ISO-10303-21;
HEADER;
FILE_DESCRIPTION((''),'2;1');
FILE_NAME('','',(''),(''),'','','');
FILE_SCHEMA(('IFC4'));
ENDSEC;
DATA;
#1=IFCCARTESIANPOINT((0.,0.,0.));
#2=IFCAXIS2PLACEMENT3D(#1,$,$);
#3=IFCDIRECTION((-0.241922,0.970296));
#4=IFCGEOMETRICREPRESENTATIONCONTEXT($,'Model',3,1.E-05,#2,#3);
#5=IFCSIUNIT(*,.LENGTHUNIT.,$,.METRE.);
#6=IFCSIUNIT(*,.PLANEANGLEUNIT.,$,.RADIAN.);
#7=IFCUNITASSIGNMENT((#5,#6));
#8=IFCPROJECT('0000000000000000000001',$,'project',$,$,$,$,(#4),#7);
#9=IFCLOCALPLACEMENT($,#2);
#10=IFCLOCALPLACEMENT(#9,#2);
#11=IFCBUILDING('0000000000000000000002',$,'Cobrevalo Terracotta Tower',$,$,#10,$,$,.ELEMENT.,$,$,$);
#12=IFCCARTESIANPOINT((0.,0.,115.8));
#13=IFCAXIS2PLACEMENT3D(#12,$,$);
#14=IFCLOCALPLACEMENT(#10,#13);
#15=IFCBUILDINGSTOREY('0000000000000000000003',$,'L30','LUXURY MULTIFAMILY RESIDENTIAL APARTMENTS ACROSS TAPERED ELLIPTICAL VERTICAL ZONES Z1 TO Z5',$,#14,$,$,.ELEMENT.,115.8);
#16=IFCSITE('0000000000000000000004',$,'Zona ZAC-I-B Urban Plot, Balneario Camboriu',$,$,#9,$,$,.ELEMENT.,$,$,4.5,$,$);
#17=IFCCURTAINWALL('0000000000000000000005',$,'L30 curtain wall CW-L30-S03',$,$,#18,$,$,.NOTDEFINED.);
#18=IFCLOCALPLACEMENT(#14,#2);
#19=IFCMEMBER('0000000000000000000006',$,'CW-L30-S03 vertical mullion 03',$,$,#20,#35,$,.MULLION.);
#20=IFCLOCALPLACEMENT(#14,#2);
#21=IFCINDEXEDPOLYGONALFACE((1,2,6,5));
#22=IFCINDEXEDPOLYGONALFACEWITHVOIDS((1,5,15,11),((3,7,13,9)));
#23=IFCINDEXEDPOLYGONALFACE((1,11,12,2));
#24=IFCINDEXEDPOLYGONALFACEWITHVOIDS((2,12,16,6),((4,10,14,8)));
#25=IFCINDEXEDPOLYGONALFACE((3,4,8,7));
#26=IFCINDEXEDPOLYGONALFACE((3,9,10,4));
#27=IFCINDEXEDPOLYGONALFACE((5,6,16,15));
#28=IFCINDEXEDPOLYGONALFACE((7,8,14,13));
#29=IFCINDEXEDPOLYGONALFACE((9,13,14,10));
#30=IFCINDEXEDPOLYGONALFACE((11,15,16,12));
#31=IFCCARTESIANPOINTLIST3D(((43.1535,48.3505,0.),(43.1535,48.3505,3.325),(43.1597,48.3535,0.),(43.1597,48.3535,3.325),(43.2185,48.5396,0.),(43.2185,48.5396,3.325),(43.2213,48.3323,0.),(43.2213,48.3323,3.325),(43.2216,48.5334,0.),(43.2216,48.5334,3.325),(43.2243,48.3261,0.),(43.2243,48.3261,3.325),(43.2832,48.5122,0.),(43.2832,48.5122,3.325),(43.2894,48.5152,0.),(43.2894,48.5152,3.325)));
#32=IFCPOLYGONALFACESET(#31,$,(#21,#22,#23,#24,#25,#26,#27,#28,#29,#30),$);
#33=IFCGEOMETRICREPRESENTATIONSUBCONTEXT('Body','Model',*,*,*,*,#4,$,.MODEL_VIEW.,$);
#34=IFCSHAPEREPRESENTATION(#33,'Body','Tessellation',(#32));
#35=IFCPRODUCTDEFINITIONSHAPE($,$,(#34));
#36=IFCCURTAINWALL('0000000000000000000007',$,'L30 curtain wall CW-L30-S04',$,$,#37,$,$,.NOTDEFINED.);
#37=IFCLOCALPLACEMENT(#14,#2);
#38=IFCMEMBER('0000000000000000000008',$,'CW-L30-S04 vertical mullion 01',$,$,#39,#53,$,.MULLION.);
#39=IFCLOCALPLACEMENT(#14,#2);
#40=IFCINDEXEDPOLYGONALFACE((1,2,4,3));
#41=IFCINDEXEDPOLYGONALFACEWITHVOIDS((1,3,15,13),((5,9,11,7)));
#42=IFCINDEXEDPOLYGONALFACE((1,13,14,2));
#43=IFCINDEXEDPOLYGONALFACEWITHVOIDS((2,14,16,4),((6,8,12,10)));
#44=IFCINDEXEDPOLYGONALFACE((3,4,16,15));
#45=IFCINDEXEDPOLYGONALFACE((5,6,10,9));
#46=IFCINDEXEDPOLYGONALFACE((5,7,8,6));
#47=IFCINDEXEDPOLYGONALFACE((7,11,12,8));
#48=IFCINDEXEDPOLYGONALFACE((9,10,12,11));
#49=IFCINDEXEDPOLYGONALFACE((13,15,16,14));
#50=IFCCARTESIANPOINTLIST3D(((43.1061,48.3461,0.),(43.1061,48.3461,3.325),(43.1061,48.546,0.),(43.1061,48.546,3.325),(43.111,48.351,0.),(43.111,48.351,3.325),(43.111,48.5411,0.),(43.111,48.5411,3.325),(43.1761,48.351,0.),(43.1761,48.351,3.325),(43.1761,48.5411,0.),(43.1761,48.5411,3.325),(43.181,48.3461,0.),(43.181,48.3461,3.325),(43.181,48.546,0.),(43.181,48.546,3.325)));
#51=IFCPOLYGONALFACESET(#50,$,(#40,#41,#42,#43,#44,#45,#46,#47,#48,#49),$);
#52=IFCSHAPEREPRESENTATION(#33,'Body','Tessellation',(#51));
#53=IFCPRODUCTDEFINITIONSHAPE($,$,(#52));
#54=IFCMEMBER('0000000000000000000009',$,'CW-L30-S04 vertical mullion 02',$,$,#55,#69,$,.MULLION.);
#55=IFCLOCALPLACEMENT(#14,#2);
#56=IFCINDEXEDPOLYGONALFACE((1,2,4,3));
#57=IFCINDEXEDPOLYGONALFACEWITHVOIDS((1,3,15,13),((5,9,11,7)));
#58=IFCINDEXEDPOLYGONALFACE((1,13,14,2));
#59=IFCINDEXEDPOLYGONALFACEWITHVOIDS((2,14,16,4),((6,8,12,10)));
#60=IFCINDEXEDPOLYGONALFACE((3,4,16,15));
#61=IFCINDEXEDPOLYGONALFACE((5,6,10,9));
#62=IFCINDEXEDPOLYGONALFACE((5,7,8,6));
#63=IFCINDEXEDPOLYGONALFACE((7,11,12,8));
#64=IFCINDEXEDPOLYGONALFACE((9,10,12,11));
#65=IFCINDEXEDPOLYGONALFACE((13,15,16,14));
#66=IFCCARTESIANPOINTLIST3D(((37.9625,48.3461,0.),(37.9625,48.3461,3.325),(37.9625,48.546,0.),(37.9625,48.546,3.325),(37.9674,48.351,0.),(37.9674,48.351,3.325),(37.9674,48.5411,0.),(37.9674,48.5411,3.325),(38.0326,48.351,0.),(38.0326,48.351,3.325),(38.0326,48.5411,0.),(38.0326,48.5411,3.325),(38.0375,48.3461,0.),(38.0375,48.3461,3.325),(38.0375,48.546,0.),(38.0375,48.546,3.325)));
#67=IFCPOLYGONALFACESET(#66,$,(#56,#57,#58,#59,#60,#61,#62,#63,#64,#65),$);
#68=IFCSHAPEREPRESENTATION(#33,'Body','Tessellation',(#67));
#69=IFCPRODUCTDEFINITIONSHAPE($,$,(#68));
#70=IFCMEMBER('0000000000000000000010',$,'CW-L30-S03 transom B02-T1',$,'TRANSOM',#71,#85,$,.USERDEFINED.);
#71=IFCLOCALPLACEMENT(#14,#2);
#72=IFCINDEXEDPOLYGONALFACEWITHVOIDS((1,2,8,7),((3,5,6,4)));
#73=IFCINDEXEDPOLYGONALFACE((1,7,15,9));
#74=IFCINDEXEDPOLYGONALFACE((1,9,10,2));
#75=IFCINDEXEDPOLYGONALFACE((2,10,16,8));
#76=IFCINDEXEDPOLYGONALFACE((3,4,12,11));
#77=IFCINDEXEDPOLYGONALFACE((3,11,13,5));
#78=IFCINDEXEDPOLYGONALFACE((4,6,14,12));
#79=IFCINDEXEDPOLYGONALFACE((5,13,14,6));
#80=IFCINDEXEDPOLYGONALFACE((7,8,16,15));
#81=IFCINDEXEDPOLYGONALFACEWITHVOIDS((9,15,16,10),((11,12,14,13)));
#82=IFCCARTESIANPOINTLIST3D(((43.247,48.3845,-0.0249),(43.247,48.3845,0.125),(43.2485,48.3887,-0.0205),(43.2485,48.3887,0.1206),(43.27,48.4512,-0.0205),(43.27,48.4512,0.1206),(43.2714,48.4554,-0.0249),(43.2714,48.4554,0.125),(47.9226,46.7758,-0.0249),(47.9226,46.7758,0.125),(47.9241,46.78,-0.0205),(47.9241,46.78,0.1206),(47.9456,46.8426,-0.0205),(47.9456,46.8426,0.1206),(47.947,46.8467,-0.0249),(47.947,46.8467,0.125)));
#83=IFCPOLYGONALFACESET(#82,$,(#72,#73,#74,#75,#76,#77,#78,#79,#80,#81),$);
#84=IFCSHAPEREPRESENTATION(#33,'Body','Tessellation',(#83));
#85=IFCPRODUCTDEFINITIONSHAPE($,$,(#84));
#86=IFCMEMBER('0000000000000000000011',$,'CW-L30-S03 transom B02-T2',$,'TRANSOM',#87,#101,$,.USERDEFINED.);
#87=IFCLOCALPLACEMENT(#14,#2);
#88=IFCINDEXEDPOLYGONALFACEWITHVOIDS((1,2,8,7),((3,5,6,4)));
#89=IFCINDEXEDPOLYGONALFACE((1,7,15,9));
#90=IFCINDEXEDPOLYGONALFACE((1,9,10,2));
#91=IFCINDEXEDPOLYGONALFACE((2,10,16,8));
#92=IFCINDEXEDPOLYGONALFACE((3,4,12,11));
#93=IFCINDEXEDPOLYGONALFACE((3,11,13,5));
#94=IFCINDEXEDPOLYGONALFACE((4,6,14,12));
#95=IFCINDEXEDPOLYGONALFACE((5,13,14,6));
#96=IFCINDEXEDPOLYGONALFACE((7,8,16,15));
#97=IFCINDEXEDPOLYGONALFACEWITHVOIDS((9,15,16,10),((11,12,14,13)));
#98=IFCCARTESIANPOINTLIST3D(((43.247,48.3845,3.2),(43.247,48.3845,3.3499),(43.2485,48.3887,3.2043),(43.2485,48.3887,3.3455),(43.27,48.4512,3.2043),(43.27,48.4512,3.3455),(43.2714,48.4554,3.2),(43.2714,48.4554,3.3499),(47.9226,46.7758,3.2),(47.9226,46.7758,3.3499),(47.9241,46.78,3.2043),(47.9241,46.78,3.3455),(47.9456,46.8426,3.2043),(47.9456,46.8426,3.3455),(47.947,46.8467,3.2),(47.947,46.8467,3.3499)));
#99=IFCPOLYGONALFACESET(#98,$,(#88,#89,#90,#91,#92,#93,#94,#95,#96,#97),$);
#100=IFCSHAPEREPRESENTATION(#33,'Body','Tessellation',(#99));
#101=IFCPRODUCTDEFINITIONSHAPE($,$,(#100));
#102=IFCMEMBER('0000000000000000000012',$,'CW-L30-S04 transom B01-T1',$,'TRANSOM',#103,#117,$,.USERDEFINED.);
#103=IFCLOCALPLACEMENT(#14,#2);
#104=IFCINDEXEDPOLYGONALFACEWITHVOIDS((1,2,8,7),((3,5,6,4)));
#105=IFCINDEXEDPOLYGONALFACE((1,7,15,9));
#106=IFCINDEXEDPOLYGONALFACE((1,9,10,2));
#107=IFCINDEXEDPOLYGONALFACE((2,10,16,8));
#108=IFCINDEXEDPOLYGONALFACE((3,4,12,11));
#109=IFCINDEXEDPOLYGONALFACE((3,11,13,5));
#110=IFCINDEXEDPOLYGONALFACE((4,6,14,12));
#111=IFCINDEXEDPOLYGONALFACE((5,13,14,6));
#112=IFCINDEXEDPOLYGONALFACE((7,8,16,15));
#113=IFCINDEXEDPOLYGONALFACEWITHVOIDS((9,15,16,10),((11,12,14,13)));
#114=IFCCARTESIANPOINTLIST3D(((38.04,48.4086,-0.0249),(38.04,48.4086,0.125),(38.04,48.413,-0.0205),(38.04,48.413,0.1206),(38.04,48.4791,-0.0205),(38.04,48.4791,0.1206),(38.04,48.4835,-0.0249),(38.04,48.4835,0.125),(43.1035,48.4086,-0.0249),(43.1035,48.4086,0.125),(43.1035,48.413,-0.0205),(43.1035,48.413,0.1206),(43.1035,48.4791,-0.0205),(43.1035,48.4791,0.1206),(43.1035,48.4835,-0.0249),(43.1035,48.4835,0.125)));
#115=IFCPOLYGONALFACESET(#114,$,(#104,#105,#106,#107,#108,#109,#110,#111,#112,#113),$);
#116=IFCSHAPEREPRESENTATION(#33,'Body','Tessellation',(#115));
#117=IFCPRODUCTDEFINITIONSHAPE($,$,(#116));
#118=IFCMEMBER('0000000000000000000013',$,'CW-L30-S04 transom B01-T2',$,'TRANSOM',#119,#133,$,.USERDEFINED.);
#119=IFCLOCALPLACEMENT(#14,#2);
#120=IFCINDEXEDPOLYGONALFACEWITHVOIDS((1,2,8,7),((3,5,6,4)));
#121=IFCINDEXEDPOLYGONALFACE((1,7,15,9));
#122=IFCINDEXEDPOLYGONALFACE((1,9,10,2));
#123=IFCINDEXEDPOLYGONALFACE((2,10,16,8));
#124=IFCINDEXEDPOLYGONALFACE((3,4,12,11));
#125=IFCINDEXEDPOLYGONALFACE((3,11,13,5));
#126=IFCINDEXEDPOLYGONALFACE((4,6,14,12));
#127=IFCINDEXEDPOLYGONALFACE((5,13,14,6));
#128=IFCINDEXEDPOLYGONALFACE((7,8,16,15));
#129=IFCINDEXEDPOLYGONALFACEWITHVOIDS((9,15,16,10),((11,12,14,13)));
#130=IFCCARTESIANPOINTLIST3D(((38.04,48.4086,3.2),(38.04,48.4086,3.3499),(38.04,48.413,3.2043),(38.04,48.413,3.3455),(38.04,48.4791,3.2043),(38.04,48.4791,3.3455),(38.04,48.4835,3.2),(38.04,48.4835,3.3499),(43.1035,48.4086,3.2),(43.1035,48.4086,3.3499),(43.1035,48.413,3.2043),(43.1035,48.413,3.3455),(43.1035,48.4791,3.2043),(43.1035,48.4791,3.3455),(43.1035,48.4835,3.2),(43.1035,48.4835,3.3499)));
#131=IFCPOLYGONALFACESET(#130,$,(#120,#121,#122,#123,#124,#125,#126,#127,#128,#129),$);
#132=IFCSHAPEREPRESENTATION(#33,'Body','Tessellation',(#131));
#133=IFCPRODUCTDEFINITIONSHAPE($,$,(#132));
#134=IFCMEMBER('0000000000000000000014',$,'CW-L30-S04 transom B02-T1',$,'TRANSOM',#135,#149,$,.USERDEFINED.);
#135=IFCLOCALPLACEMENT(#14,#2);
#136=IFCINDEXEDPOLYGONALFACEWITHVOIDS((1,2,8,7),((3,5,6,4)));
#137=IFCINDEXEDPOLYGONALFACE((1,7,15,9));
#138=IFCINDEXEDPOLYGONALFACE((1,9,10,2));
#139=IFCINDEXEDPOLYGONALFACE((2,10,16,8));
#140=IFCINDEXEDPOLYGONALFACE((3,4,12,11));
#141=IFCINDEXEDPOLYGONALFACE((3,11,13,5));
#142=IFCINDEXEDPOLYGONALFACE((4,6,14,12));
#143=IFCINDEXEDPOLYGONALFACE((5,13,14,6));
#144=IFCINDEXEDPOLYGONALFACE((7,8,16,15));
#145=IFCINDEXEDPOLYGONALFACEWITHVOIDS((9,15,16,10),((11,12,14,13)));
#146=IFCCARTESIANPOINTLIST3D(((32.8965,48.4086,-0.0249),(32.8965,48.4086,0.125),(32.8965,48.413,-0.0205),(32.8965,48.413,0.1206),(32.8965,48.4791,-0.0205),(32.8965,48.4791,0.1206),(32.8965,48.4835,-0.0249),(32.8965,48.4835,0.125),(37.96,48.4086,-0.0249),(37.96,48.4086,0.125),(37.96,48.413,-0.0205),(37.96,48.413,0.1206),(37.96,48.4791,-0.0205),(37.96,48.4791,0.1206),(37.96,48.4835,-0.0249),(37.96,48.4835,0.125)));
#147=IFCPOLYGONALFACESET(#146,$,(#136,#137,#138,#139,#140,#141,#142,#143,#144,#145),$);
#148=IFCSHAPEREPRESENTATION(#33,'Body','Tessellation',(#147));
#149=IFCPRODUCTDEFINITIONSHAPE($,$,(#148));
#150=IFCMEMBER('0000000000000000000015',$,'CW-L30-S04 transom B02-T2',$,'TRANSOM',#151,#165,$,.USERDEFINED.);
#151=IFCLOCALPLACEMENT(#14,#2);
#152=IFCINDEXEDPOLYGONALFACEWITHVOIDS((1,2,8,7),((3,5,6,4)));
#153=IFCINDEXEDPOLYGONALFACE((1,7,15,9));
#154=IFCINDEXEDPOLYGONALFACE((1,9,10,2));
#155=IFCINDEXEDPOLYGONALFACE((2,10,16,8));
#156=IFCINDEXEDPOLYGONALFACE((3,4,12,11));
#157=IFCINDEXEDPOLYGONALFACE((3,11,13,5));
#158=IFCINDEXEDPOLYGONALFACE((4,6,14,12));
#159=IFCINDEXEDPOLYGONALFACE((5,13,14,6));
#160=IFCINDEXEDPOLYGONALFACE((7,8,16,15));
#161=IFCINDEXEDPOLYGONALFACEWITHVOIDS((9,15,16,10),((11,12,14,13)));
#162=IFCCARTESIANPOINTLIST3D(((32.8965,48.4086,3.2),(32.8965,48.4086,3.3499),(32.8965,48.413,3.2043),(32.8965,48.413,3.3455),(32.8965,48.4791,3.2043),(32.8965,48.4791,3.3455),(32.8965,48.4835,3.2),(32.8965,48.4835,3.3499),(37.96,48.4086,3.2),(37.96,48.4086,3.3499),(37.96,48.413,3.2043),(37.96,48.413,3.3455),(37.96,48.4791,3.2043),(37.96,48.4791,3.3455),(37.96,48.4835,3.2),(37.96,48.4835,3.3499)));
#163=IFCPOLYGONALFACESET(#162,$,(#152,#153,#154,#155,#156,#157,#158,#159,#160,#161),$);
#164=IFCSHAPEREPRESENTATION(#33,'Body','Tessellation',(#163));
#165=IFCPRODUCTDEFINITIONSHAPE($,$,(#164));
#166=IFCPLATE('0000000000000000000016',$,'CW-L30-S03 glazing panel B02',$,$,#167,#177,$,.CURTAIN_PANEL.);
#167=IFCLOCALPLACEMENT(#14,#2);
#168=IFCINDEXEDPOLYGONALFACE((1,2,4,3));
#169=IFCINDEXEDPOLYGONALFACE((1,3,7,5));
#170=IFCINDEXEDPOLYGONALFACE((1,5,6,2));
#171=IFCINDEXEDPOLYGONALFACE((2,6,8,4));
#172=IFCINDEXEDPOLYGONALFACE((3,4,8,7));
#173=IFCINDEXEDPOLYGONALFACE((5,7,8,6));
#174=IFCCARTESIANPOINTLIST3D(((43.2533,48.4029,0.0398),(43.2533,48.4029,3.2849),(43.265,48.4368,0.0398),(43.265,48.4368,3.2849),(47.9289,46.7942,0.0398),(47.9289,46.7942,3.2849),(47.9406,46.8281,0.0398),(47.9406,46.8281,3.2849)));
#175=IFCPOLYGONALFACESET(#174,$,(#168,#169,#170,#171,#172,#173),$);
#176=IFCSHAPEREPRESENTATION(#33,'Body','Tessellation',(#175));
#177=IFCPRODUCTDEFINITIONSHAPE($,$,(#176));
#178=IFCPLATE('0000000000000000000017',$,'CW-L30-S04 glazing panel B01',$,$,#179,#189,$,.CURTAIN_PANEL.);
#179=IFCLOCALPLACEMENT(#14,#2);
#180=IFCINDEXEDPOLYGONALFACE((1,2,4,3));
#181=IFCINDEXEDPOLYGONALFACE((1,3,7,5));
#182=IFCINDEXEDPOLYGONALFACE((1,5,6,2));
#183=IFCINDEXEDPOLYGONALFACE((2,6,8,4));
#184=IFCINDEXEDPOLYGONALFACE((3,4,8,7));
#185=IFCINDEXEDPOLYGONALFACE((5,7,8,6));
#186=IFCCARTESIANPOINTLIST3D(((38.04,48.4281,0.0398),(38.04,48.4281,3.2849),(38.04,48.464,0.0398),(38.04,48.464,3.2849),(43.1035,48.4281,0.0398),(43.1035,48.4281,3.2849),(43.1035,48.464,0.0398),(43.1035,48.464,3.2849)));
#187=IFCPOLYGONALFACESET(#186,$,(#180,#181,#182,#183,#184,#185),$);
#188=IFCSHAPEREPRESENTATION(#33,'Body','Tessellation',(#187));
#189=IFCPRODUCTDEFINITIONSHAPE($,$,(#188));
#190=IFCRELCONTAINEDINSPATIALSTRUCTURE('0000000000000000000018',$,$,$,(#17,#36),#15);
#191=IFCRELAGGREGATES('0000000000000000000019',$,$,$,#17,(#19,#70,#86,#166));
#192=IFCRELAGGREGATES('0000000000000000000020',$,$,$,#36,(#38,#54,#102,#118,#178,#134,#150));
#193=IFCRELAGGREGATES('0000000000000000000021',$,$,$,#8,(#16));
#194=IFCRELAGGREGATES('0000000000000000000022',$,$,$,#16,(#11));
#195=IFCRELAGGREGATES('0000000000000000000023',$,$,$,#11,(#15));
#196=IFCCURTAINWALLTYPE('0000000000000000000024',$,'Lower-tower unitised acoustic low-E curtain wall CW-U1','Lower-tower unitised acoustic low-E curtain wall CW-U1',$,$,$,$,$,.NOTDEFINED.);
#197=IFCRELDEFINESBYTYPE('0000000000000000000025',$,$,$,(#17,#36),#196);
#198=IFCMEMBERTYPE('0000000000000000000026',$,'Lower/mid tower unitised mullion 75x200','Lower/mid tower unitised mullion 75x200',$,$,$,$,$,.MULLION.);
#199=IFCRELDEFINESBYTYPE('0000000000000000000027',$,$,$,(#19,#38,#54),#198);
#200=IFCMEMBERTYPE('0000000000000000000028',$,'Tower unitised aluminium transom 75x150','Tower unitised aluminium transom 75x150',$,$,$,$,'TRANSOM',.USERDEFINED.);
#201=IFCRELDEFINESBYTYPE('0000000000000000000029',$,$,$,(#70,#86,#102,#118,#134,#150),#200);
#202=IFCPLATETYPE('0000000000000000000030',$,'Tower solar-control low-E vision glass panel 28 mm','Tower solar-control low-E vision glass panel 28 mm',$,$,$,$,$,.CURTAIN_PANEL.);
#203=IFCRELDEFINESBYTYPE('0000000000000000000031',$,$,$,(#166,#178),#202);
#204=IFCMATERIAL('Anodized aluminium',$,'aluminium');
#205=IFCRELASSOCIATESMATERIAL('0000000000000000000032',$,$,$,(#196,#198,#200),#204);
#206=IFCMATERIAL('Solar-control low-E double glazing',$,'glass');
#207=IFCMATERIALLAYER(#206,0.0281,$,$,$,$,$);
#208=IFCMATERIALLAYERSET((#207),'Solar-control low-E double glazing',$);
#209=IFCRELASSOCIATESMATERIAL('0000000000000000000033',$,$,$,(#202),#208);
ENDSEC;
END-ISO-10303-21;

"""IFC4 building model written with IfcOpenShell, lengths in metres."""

from ifc_helpers import new_model, si_unit, direction, frame, origin, origin_2d, place, context, subcontext, project, spatial, rectangle, hollow_rectangle, extrude, source, transform, mapped, material, layer, layer_set, material_profile, profile_set, type_object, element, aggregate, save


model = new_model("IFC4")

# Units and contexts
model_context = context("Model", 3, precision=1e-05, world=origin(), true_north=direction((-0.241922, 0.970296)))
body_context = subcontext(model_context, "Body", "Model", "MODEL_VIEW")
ifc_project = project(units=[si_unit("LENGTHUNIT", "METRE"), si_unit("PLANEANGLEUNIT", "RADIAN")], contexts=[model_context])

# Site, building, storey
site_placement = place(None, origin())
site = spatial("IfcSite", under=ifc_project, at=site_placement, Name="Zona ZAC-I-B Urban Plot, Balneario Camboriu", CompositionType="ELEMENT", RefElevation=4.5)
building_placement = place(site_placement, origin())
building = spatial("IfcBuilding", under=site, at=building_placement, Name="Cobrevalo Terracotta Tower", CompositionType="ELEMENT")
storey_placement = place(building_placement, frame((0.0, 0.0, 115.8)))
storey = spatial("IfcBuildingStorey", under=building, at=storey_placement, Name="L30", Description="LUXURY MULTIFAMILY RESIDENTIAL APARTMENTS ACROSS TAPERED ELLIPTICAL VERTICAL ZONES Z1 TO Z5", CompositionType="ELEMENT", Elevation=115.8)

# Curtain wall, member
ifc_material_1 = material(Name="Anodized aluminium", Category="aluminium")
curtain_wall_type = type_object("IfcCurtainWallType", Name="Lower-tower unitised acoustic low-E curtain wall CW-U1", Description="Lower-tower unitised acoustic low-E curtain wall CW-U1", PredefinedType="NOTDEFINED", material=ifc_material_1)
curtain_wall_1_placement = place(storey_placement, origin())
curtain_wall_1 = element("IfcCurtainWall", 1, at=curtain_wall_1_placement, inside=storey, type_object=curtain_wall_type, Name="L30 curtain wall CW-L30-S03", PredefinedType="NOTDEFINED")
ifc_material_profile_1 = material_profile(ifc_material_1, hollow_rectangle(XDim=0.075, YDim=0.2, WallThickness=0.0049, at=origin_2d()), Name="CWM 75x200")
ifc_profile_set_1 = profile_set([ifc_material_profile_1], Name="Anodized aluminium")
member_type_1 = type_object("IfcMemberType", Name="Lower/mid tower unitised mullion 75x200", Description="Lower/mid tower unitised mullion 75x200", PredefinedType="MULLION", material=ifc_profile_set_1)
shared_shape_1 = source(origin(), body_context, "Body", "SweptSolid", [
    extrude(hollow_rectangle(XDim=0.075, YDim=0.2, WallThickness=0.0049, at=origin_2d()), origin(), (0.0, 0.0, 1.0), 3.325),
])
member_1_placement = place(storey_placement, frame((43.2214, 48.4329, 0.0), z_axis=(0.0, 0.0, 1.0), x_axis=(-0.945598, 0.325337, 0.0)))
member_1 = element("IfcMember", 2, at=member_1_placement, type_object=member_type_1, Name="CW-L30-S03 vertical mullion 03", PredefinedType="MULLION", context=body_context, shape_type="MappedRepresentation", body=[
    mapped(shared_shape_1, transform((0.0, 0.0, 0.0), scale=1.0)),
])

# Curtain wall, members
curtain_wall_2_placement = place(storey_placement, origin())
curtain_wall_2 = element("IfcCurtainWall", 3, at=curtain_wall_2_placement, inside=storey, type_object=curtain_wall_type, Name="L30 curtain wall CW-L30-S04", PredefinedType="NOTDEFINED")
member_2_placement = place(storey_placement, frame((43.1436, 48.446, 0.0), z_axis=(0.0, 0.0, 1.0), x_axis=(-1.0, 0.0, 0.0)))
member_2 = element("IfcMember", 4, at=member_2_placement, type_object=member_type_1, Name="CW-L30-S04 vertical mullion 01", PredefinedType="MULLION", context=body_context, shape_type="MappedRepresentation", body=[
    mapped(shared_shape_1, transform((0.0, 0.0, 0.0), scale=1.0)),
])
member_3_placement = place(storey_placement, frame((38.0, 48.446, 0.0), z_axis=(0.0, 0.0, 1.0), x_axis=(-1.0, 0.0, 0.0)))
member_3 = element("IfcMember", 5, at=member_3_placement, type_object=member_type_1, Name="CW-L30-S04 vertical mullion 02", PredefinedType="MULLION", context=body_context, shape_type="MappedRepresentation", body=[
    mapped(shared_shape_1, transform((0.0, 0.0, 0.0), scale=1.0)),
])

# Members
ifc_material_profile_2 = material_profile(ifc_material_1, hollow_rectangle(XDim=0.075, YDim=0.1499, WallThickness=0.0044, at=origin_2d()), Name="CWT 75x150")
ifc_profile_set_2 = profile_set([ifc_material_profile_2], Name="Anodized aluminium")
member_type_2 = type_object("IfcMemberType", Name="Tower unitised aluminium transom 75x150", Description="Tower unitised aluminium transom 75x150", ElementType="TRANSOM", PredefinedType="USERDEFINED", material=ifc_profile_set_2)
shared_shape_2 = source(origin(), body_context, "Body", "SweptSolid", [
    extrude(hollow_rectangle(XDim=0.075, YDim=0.1499, WallThickness=0.0044, at=origin_2d()), origin(), (0.0, 0.0, 1.0), 4.9446),
])
member_4_placement = place(storey_placement, frame((47.9348, 46.8113, 0.05), z_axis=(-0.945598, 0.325338, 0.0), x_axis=(-0.325338, -0.945598, 0.0)))
member_4 = element("IfcMember", 6, at=member_4_placement, type_object=member_type_2, Name="CW-L30-S03 transom B02-T1", ObjectType="TRANSOM", PredefinedType="USERDEFINED", context=body_context, shape_type="MappedRepresentation", body=[
    mapped(shared_shape_2, transform((0.0, 0.0, 0.0), scale=1.0)),
])
member_5_placement = place(storey_placement, frame((47.9348, 46.8113, 3.2749), z_axis=(-0.945598, 0.325338, 0.0), x_axis=(-0.325338, -0.945598, 0.0)))
member_5 = element("IfcMember", 7, at=member_5_placement, type_object=member_type_2, Name="CW-L30-S03 transom B02-T2", ObjectType="TRANSOM", PredefinedType="USERDEFINED", context=body_context, shape_type="MappedRepresentation", body=[
    mapped(shared_shape_2, transform((0.0, 0.0, 0.0), scale=1.0)),
])
shared_shape_3 = source(origin(), body_context, "Body", "SweptSolid", [
    extrude(hollow_rectangle(XDim=0.075, YDim=0.1499, WallThickness=0.0044, at=origin_2d()), origin(), (0.0, 0.0, 1.0), 5.0635),
])
member_6_placement = place(storey_placement, frame((43.1035, 48.446, 0.05), z_axis=(-1.0, 0.0, 0.0), x_axis=(0.0, -1.0, 0.0)))
member_6 = element("IfcMember", 8, at=member_6_placement, type_object=member_type_2, Name="CW-L30-S04 transom B01-T1", ObjectType="TRANSOM", PredefinedType="USERDEFINED", context=body_context, shape_type="MappedRepresentation", body=[
    mapped(shared_shape_3, transform((0.0, 0.0, 0.0), scale=1.0)),
])
member_7_placement = place(storey_placement, frame((43.1035, 48.446, 3.2749), z_axis=(-1.0, 0.0, 0.0), x_axis=(0.0, -1.0, 0.0)))
member_7 = element("IfcMember", 9, at=member_7_placement, type_object=member_type_2, Name="CW-L30-S04 transom B01-T2", ObjectType="TRANSOM", PredefinedType="USERDEFINED", context=body_context, shape_type="MappedRepresentation", body=[
    mapped(shared_shape_3, transform((0.0, 0.0, 0.0), scale=1.0)),
])
member_8_placement = place(storey_placement, frame((37.96, 48.446, 0.05), z_axis=(-1.0, 0.0, 0.0), x_axis=(0.0, -1.0, 0.0)))
member_8 = element("IfcMember", 10, at=member_8_placement, type_object=member_type_2, Name="CW-L30-S04 transom B02-T1", ObjectType="TRANSOM", PredefinedType="USERDEFINED", context=body_context, shape_type="MappedRepresentation", body=[
    mapped(shared_shape_3, transform((0.0, 0.0, 0.0), scale=1.0)),
])
member_9_placement = place(storey_placement, frame((37.96, 48.446, 3.2749), z_axis=(-1.0, 0.0, 0.0), x_axis=(0.0, -1.0, 0.0)))
member_9 = element("IfcMember", 11, at=member_9_placement, type_object=member_type_2, Name="CW-L30-S04 transom B02-T2", ObjectType="TRANSOM", PredefinedType="USERDEFINED", context=body_context, shape_type="MappedRepresentation", body=[
    mapped(shared_shape_3, transform((0.0, 0.0, 0.0), scale=1.0)),
])

# Plates
ifc_material_2 = material(Name="Solar-control low-E double glazing", Category="glass")
ifc_layer_1 = layer(ifc_material_2, 0.0281)
ifc_layer_set_1 = layer_set([ifc_layer_1], Name="Solar-control low-E double glazing")
plate_type = type_object("IfcPlateType", Name="Tower solar-control low-E vision glass panel 28 mm", Description="Tower solar-control low-E vision glass panel 28 mm", PredefinedType="CURTAIN_PANEL", material=ifc_layer_set_1)
shared_shape_4 = source(origin(), body_context, "Body", "SweptSolid", [
    extrude(rectangle(XDim=4.9446, YDim=0.0359, at=origin_2d()), origin(), (0.0, 0.0, 1.0), 3.2451),
])
plate_1_placement = place(storey_placement, frame((45.5969, 47.6155, 0.0398), z_axis=(0.0, 0.0, 1.0), x_axis=(-0.945596, 0.325342, 0.0)))
plate_1 = element("IfcPlate", 12, at=plate_1_placement, type_object=plate_type, Name="CW-L30-S03 glazing panel B02", PredefinedType="CURTAIN_PANEL", context=body_context, shape_type="MappedRepresentation", body=[
    mapped(shared_shape_4, transform((0.0, 0.0, 0.0), scale=1.0)),
])
aggregate(curtain_wall_1, [member_1, member_4, member_5, plate_1])
shared_shape_5 = source(origin(), body_context, "Body", "SweptSolid", [
    extrude(rectangle(XDim=5.0635, YDim=0.0359, at=origin_2d()), origin(), (0.0, 0.0, 1.0), 3.2451),
])
plate_2_placement = place(storey_placement, frame((40.5718, 48.446, 0.0398), z_axis=(0.0, 0.0, 1.0), x_axis=(-1.0, 0.0, 0.0)))
plate_2 = element("IfcPlate", 13, at=plate_2_placement, type_object=plate_type, Name="CW-L30-S04 glazing panel B01", PredefinedType="CURTAIN_PANEL", context=body_context, shape_type="MappedRepresentation", body=[
    mapped(shared_shape_5, transform((0.0, 0.0, 0.0), scale=1.0)),
])
aggregate(curtain_wall_2, [member_2, member_3, member_6, member_7, plate_2, member_8, member_9])

save(model, "model.ifc")
